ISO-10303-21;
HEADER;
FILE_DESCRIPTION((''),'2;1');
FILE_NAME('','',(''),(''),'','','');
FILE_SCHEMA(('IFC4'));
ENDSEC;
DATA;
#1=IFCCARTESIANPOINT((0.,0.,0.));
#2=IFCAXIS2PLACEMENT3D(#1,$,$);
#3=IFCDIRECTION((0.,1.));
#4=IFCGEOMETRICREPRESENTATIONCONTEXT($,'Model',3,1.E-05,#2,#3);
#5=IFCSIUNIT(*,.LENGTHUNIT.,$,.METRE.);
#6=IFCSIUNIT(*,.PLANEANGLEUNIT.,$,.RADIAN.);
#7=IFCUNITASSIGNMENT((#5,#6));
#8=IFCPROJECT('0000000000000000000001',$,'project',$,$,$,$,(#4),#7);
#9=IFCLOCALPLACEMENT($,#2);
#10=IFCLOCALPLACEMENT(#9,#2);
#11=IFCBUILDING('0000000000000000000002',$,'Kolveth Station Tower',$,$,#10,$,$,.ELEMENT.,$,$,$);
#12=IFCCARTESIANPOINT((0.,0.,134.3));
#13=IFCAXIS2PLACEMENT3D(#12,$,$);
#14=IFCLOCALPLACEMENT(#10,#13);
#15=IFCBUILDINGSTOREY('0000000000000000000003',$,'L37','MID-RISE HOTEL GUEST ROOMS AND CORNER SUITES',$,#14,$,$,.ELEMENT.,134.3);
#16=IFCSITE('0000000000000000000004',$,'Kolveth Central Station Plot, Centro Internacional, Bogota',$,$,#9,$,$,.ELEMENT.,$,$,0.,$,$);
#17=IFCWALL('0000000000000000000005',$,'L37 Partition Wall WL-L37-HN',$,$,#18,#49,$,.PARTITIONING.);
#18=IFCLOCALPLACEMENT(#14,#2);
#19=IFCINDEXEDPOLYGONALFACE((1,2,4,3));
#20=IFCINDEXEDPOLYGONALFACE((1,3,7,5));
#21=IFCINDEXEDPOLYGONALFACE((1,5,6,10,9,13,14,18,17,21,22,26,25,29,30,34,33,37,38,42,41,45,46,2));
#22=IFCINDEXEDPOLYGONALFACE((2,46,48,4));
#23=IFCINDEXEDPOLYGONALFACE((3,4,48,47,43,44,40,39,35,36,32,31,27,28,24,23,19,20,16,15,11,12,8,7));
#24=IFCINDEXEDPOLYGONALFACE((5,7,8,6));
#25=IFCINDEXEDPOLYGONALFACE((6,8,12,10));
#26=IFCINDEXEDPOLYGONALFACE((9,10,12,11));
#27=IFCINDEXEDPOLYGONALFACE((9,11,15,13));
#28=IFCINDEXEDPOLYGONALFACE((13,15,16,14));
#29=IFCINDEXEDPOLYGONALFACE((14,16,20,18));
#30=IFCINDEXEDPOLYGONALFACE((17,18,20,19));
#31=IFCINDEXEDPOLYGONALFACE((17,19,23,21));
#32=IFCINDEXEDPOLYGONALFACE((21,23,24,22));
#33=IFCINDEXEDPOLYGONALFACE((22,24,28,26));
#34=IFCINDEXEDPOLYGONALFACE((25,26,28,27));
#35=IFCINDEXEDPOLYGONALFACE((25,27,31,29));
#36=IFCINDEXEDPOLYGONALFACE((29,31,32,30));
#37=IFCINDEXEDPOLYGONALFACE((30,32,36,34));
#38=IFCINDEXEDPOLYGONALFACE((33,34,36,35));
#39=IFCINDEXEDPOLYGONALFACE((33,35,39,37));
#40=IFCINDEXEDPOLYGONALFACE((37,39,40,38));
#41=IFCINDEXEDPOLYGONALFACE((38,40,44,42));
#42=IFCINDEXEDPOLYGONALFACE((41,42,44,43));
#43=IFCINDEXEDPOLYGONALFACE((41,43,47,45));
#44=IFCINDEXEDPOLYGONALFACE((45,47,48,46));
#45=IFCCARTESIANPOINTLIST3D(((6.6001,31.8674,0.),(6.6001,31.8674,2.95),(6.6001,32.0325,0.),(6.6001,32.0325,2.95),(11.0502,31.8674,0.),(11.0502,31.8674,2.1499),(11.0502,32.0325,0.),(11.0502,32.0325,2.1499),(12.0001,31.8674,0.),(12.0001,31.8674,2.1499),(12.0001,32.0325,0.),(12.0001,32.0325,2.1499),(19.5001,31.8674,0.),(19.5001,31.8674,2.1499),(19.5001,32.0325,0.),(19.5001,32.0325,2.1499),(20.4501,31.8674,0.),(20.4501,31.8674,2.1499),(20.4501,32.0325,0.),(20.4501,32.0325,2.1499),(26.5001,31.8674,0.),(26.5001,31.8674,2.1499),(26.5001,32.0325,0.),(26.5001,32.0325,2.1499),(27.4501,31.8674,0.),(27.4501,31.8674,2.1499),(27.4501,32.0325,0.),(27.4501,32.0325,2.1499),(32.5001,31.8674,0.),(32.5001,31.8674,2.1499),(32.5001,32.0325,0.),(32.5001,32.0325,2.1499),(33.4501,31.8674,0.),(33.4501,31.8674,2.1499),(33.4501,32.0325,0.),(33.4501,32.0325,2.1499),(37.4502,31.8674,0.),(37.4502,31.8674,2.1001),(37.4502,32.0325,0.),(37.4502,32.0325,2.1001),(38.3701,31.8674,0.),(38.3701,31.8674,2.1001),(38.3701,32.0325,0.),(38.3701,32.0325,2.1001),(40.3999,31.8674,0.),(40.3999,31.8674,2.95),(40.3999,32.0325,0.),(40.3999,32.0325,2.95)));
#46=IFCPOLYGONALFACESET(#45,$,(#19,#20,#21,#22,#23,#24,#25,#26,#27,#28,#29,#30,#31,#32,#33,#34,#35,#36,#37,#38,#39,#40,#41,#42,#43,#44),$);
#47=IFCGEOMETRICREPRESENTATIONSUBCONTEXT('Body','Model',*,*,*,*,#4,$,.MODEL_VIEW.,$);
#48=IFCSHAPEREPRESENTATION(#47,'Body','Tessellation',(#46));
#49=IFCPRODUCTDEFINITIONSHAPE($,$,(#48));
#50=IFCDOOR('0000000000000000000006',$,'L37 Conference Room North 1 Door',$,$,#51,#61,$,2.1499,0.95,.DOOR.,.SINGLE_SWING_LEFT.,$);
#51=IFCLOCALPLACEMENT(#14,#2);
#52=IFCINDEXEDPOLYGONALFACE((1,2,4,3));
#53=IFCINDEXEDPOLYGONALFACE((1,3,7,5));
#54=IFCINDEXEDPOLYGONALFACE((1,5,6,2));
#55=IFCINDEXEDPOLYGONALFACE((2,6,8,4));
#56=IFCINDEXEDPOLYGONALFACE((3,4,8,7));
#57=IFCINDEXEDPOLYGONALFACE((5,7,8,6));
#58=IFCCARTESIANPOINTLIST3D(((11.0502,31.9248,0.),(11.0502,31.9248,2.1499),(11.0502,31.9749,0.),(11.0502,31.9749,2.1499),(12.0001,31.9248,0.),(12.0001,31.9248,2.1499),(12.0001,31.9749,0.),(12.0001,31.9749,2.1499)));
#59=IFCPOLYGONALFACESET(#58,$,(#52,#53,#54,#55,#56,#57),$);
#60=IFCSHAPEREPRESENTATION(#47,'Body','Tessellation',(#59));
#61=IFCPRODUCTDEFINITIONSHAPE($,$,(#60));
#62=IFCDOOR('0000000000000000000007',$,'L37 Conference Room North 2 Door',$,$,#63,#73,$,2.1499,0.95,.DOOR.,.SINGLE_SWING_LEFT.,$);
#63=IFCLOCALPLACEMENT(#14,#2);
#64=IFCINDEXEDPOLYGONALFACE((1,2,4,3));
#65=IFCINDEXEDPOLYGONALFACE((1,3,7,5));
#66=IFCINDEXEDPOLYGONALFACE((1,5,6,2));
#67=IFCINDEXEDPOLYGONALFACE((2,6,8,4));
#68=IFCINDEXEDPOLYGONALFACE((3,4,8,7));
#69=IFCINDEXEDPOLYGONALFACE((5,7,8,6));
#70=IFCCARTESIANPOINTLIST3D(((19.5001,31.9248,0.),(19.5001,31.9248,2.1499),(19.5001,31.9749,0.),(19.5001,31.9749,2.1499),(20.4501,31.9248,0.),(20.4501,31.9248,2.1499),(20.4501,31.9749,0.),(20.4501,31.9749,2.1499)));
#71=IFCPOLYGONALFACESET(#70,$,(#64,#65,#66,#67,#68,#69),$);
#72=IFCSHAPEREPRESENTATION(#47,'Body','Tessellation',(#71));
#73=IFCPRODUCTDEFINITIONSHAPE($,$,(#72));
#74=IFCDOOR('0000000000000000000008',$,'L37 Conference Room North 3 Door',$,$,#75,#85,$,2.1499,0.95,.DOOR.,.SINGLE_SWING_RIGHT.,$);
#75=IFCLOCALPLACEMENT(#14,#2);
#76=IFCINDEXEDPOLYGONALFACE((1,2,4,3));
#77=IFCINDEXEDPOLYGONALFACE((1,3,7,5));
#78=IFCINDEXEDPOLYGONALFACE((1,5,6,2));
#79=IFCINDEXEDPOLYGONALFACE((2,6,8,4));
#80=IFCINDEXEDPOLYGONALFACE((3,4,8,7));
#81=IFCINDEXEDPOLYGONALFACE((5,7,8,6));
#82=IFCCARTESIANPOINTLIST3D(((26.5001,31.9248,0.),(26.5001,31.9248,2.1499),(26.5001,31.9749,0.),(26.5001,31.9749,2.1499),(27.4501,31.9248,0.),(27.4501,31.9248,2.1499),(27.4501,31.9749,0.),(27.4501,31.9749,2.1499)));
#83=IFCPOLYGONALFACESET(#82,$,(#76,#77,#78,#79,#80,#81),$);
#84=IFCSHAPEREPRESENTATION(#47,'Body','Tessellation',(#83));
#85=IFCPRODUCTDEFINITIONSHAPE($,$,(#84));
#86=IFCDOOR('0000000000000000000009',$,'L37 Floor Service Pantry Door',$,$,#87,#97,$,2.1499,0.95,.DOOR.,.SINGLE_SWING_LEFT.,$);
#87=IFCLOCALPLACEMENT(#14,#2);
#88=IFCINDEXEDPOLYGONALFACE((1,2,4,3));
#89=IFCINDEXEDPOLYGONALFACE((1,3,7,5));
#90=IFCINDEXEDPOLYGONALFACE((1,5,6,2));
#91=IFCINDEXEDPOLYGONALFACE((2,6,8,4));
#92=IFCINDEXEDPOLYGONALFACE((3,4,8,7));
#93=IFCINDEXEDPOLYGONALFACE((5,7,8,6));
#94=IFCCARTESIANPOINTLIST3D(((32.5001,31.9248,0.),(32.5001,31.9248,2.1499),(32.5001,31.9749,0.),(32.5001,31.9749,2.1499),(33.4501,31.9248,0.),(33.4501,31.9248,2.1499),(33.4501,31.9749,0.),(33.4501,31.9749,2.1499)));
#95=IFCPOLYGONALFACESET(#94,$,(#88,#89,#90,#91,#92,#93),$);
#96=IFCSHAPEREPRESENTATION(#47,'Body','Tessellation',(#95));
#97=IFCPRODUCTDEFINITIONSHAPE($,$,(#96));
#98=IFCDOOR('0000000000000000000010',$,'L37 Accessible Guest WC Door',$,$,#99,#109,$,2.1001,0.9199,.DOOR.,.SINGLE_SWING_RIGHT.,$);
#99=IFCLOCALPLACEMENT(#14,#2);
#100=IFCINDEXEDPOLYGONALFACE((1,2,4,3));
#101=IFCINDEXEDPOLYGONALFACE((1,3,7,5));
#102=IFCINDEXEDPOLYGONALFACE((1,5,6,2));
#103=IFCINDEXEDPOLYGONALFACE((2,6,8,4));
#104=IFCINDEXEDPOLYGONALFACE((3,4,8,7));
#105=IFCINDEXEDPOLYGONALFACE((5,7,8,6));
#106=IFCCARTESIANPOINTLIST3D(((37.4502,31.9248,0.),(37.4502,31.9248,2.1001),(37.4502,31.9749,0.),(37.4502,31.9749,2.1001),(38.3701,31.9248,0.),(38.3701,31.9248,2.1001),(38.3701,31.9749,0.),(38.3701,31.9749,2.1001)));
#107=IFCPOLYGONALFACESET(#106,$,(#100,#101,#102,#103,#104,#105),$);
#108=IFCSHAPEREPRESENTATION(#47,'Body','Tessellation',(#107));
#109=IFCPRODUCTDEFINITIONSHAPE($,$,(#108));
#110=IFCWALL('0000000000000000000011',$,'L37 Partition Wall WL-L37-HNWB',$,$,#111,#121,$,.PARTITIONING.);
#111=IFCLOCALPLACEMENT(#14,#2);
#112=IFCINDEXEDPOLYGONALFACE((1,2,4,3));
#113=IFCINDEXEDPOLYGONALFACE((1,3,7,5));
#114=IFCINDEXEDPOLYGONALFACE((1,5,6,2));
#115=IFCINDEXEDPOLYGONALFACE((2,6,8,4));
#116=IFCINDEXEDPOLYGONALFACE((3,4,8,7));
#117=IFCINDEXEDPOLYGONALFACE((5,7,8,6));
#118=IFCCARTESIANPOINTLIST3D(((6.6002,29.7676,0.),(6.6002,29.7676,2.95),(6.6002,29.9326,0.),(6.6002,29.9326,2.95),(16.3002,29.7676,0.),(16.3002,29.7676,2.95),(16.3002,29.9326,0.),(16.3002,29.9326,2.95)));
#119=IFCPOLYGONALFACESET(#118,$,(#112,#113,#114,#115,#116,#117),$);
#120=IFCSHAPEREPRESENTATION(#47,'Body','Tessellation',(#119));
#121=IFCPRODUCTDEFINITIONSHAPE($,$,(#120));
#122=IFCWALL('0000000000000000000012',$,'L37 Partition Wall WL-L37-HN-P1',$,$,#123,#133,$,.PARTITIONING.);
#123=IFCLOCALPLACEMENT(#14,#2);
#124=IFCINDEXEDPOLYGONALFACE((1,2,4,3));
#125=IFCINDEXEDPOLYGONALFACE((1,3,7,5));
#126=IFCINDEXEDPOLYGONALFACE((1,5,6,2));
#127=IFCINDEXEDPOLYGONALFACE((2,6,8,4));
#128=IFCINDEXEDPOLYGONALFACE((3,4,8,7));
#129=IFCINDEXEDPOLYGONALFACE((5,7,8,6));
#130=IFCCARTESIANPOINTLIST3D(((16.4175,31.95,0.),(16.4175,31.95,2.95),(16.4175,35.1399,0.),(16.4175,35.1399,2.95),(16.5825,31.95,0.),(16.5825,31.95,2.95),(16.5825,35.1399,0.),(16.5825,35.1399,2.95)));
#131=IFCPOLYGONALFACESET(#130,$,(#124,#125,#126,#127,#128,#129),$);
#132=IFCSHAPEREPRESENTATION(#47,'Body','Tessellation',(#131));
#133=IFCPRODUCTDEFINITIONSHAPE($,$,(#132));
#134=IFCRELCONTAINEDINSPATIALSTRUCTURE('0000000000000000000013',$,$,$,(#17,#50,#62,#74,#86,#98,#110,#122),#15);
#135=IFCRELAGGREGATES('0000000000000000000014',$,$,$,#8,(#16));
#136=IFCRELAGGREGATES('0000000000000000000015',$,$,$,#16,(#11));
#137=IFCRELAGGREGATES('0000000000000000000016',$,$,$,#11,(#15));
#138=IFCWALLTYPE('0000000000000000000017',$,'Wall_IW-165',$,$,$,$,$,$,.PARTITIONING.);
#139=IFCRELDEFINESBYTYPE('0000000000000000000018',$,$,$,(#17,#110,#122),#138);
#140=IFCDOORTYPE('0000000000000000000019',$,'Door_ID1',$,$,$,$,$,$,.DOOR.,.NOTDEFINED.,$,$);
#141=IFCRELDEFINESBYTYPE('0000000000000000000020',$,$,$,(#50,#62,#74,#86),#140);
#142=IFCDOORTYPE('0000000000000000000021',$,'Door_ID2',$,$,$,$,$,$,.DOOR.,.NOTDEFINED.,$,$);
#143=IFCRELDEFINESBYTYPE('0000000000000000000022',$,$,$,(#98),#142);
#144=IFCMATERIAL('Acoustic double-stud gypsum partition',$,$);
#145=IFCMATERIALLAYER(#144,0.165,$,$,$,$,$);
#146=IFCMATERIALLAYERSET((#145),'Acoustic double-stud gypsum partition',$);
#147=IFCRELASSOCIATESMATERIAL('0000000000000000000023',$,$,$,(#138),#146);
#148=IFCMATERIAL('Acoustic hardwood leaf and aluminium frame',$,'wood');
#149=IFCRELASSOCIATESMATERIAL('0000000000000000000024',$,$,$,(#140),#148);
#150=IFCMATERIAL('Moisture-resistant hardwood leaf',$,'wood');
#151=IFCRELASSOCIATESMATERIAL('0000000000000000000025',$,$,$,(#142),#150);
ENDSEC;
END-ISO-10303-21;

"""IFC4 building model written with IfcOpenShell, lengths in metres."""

from ifc_helpers import new_model, si_unit, direction, frame, frame_2d, origin, place, context, subcontext, project, spatial, rectangle, extrude, material, layer, layer_set, type_object, element, fill, save


model = new_model("IFC4")

# Units and contexts
model_context = context("Model", 3, precision=1e-05, world=origin(), true_north=direction((0.0, 1.0)))
body_context = subcontext(model_context, "Body", "Model", "MODEL_VIEW")
ifc_project = project(units=[si_unit("LENGTHUNIT", "METRE"), si_unit("PLANEANGLEUNIT", "RADIAN")], contexts=[model_context])

# Site, building, storey
site_placement = place(None, origin())
site = spatial("IfcSite", under=ifc_project, at=site_placement, Name="Kolveth Central Station Plot, Centro Internacional, Bogota", CompositionType="ELEMENT", RefElevation=0.0)
building_placement = place(site_placement, origin())
building = spatial("IfcBuilding", under=site, at=building_placement, Name="Kolveth Station Tower", CompositionType="ELEMENT")
storey_placement = place(building_placement, frame((0.0, 0.0, 134.3)))
storey = spatial("IfcBuildingStorey", under=building, at=storey_placement, Name="L37", Description="MID-RISE HOTEL GUEST ROOMS AND CORNER SUITES", CompositionType="ELEMENT", Elevation=134.3)

# Shared definitions
ifc_material_1 = material(Name="Acoustic double-stud gypsum partition")
ifc_layer_1 = layer(ifc_material_1, 0.165)
ifc_layer_set_1 = layer_set([ifc_layer_1], Name="Acoustic double-stud gypsum partition")
wall_type_1 = type_object("IfcWallType", Name="Wall_IW-165", PredefinedType="PARTITIONING", material=ifc_layer_set_1)

# Wall, openings, doors
wall_1_placement = place(storey_placement, frame((6.6001, 31.95, 0.0), z_axis=(0.0, 0.0, 1.0), x_axis=(1.0, 0.0, 0.0)))
wall_1 = element("IfcWall", 1, at=wall_1_placement, inside=storey, type_object=wall_type_1, Name="L37 Partition Wall WL-L37-HN", PredefinedType="PARTITIONING", context=body_context, shape_type="SweptSolid", body=[
    extrude(rectangle(XDim=33.7998, YDim=0.165, at=frame_2d((16.8999, 0.0))), origin(), (0.0, 0.0, 1.0), 2.95),
])
opening_1_placement = place(wall_1_placement, frame((4.45, 0.0, 0.0)))
opening_1 = element("IfcOpeningElement", 2, at=opening_1_placement, cuts=wall_1, PredefinedType="OPENING", context=body_context, shape_type="SweptSolid", body=[
    extrude(rectangle(XDim=0.95, YDim=2.1499, at=frame_2d((0.4751, 1.075))), frame((0.0, 0.0925, 0.0), z_axis=(0.0, -1.0, 0.0), x_axis=(1.0, 0.0, 0.0)), (0.0, 0.0, 1.0), 0.1851),
])
opening_2_placement = place(wall_1_placement, frame((12.8999, 0.0, 0.0)))
opening_2 = element("IfcOpeningElement", 3, at=opening_2_placement, cuts=wall_1, PredefinedType="OPENING", context=body_context, shape_type="SweptSolid", body=[
    extrude(rectangle(XDim=0.95, YDim=2.1499, at=frame_2d((0.4751, 1.075))), frame((0.0, 0.0925, 0.0), z_axis=(0.0, -1.0, 0.0), x_axis=(1.0, 0.0, 0.0)), (0.0, 0.0, 1.0), 0.1851),
])
opening_3_placement = place(wall_1_placement, frame((19.8999, 0.0, 0.0)))
opening_3 = element("IfcOpeningElement", 4, at=opening_3_placement, cuts=wall_1, PredefinedType="OPENING", context=body_context, shape_type="SweptSolid", body=[
    extrude(rectangle(XDim=0.95, YDim=2.1499, at=frame_2d((0.4751, 1.075))), frame((0.0, 0.0925, 0.0), z_axis=(0.0, -1.0, 0.0), x_axis=(1.0, 0.0, 0.0)), (0.0, 0.0, 1.0), 0.1851),
])
opening_4_placement = place(wall_1_placement, frame((25.8999, 0.0, 0.0)))
opening_4 = element("IfcOpeningElement", 5, at=opening_4_placement, cuts=wall_1, PredefinedType="OPENING", context=body_context, shape_type="SweptSolid", body=[
    extrude(rectangle(XDim=0.95, YDim=2.1499, at=frame_2d((0.4751, 1.075))), frame((0.0, 0.0925, 0.0), z_axis=(0.0, -1.0, 0.0), x_axis=(1.0, 0.0, 0.0)), (0.0, 0.0, 1.0), 0.1851),
])
opening_5_placement = place(wall_1_placement, frame((30.8501, 0.0, 0.0)))
opening_5 = element("IfcOpeningElement", 6, at=opening_5_placement, cuts=wall_1, PredefinedType="OPENING", context=body_context, shape_type="SweptSolid", body=[
    extrude(rectangle(XDim=0.9199, YDim=2.1001, at=frame_2d((0.46, 1.05))), frame((0.0, 0.0925, 0.0), z_axis=(0.0, -1.0, 0.0), x_axis=(1.0, 0.0, 0.0)), (0.0, 0.0, 1.0), 0.1851),
])
ifc_material_2 = material(Name="Acoustic hardwood leaf and aluminium frame", Category="wood")
door_type_1 = type_object("IfcDoorType", Name="Door_ID1", OperationType="NOTDEFINED", PredefinedType="DOOR", material=ifc_material_2)
door_1_placement = place(opening_1_placement, origin())
door_1 = element("IfcDoor", 7, at=door_1_placement, inside=storey, type_object=door_type_1, Name="L37 Conference Room North 1 Door", OperationType="SINGLE_SWING_LEFT", OverallHeight=2.1499, OverallWidth=0.95, PredefinedType="DOOR", context=body_context, shape_type="SweptSolid", body=[
    extrude(rectangle(XDim=0.95, YDim=2.1499, at=frame_2d((0.4751, 1.075))), frame((0.0, 0.0249, 0.0), z_axis=(0.0, -1.0, 0.0), x_axis=(1.0, 0.0, 0.0)), (0.0, 0.0, 1.0), 0.05),
])
fill(opening_1, door_1)
door_2_placement = place(opening_2_placement, origin())
door_2 = element("IfcDoor", 8, at=door_2_placement, inside=storey, type_object=door_type_1, Name="L37 Conference Room North 2 Door", OperationType="SINGLE_SWING_LEFT", OverallHeight=2.1499, OverallWidth=0.95, PredefinedType="DOOR", context=body_context, shape_type="SweptSolid", body=[
    extrude(rectangle(XDim=0.95, YDim=2.1499, at=frame_2d((0.4751, 1.075))), frame((0.0, 0.0249, 0.0), z_axis=(0.0, -1.0, 0.0), x_axis=(1.0, 0.0, 0.0)), (0.0, 0.0, 1.0), 0.05),
])
fill(opening_2, door_2)
door_3_placement = place(opening_3_placement, origin())
door_3 = element("IfcDoor", 9, at=door_3_placement, inside=storey, type_object=door_type_1, Name="L37 Conference Room North 3 Door", OperationType="SINGLE_SWING_RIGHT", OverallHeight=2.1499, OverallWidth=0.95, PredefinedType="DOOR", context=body_context, shape_type="SweptSolid", body=[
    extrude(rectangle(XDim=0.95, YDim=2.1499, at=frame_2d((0.4751, 1.075))), frame((0.0, 0.0249, 0.0), z_axis=(0.0, -1.0, 0.0), x_axis=(1.0, 0.0, 0.0)), (0.0, 0.0, 1.0), 0.05),
])
fill(opening_3, door_3)
door_4_placement = place(opening_4_placement, origin())
door_4 = element("IfcDoor", 10, at=door_4_placement, inside=storey, type_object=door_type_1, Name="L37 Floor Service Pantry Door", OperationType="SINGLE_SWING_LEFT", OverallHeight=2.1499, OverallWidth=0.95, PredefinedType="DOOR", context=body_context, shape_type="SweptSolid", body=[
    extrude(rectangle(XDim=0.95, YDim=2.1499, at=frame_2d((0.4751, 1.075))), frame((0.0, 0.0249, 0.0), z_axis=(0.0, -1.0, 0.0), x_axis=(1.0, 0.0, 0.0)), (0.0, 0.0, 1.0), 0.05),
])
fill(opening_4, door_4)
ifc_material_3 = material(Name="Moisture-resistant hardwood leaf", Category="wood")
door_type_2 = type_object("IfcDoorType", Name="Door_ID2", OperationType="NOTDEFINED", PredefinedType="DOOR", material=ifc_material_3)
door_5_placement = place(opening_5_placement, origin())
door_5 = element("IfcDoor", 11, at=door_5_placement, inside=storey, type_object=door_type_2, Name="L37 Accessible Guest WC Door", OperationType="SINGLE_SWING_RIGHT", OverallHeight=2.1001, OverallWidth=0.9199, PredefinedType="DOOR", context=body_context, shape_type="SweptSolid", body=[
    extrude(rectangle(XDim=0.9199, YDim=2.1001, at=frame_2d((0.46, 1.05))), frame((0.0, 0.0249, 0.0), z_axis=(0.0, -1.0, 0.0), x_axis=(1.0, 0.0, 0.0)), (0.0, 0.0, 1.0), 0.05),
])
fill(opening_5, door_5)

# Wall
wall_2_placement = place(storey_placement, frame((6.6001, 29.8501, 0.0), z_axis=(0.0, 0.0, 1.0), x_axis=(1.0, 0.0, 0.0)))
element("IfcWall", 12, at=wall_2_placement, inside=storey, type_object=wall_type_1, Name="L37 Partition Wall WL-L37-HNWB", PredefinedType="PARTITIONING", context=body_context, shape_type="SweptSolid", body=[
    extrude(rectangle(XDim=9.7, YDim=0.165, at=frame_2d((4.8501, 0.0))), origin(), (0.0, 0.0, 1.0), 2.95),
])

# Wall
wall_3_placement = place(storey_placement, frame((16.5, 31.95, 0.0), z_axis=(0.0, 0.0, 1.0), x_axis=(0.0, 1.0, 0.0)))
element("IfcWall", 13, at=wall_3_placement, inside=storey, type_object=wall_type_1, Name="L37 Partition Wall WL-L37-HN-P1", PredefinedType="PARTITIONING", context=body_context, shape_type="SweptSolid", body=[
    extrude(rectangle(XDim=3.1899, YDim=0.165, at=frame_2d((1.595, 0.0))), origin(), (0.0, 0.0, 1.0), 2.95),
])

save(model, "model.ifc")
